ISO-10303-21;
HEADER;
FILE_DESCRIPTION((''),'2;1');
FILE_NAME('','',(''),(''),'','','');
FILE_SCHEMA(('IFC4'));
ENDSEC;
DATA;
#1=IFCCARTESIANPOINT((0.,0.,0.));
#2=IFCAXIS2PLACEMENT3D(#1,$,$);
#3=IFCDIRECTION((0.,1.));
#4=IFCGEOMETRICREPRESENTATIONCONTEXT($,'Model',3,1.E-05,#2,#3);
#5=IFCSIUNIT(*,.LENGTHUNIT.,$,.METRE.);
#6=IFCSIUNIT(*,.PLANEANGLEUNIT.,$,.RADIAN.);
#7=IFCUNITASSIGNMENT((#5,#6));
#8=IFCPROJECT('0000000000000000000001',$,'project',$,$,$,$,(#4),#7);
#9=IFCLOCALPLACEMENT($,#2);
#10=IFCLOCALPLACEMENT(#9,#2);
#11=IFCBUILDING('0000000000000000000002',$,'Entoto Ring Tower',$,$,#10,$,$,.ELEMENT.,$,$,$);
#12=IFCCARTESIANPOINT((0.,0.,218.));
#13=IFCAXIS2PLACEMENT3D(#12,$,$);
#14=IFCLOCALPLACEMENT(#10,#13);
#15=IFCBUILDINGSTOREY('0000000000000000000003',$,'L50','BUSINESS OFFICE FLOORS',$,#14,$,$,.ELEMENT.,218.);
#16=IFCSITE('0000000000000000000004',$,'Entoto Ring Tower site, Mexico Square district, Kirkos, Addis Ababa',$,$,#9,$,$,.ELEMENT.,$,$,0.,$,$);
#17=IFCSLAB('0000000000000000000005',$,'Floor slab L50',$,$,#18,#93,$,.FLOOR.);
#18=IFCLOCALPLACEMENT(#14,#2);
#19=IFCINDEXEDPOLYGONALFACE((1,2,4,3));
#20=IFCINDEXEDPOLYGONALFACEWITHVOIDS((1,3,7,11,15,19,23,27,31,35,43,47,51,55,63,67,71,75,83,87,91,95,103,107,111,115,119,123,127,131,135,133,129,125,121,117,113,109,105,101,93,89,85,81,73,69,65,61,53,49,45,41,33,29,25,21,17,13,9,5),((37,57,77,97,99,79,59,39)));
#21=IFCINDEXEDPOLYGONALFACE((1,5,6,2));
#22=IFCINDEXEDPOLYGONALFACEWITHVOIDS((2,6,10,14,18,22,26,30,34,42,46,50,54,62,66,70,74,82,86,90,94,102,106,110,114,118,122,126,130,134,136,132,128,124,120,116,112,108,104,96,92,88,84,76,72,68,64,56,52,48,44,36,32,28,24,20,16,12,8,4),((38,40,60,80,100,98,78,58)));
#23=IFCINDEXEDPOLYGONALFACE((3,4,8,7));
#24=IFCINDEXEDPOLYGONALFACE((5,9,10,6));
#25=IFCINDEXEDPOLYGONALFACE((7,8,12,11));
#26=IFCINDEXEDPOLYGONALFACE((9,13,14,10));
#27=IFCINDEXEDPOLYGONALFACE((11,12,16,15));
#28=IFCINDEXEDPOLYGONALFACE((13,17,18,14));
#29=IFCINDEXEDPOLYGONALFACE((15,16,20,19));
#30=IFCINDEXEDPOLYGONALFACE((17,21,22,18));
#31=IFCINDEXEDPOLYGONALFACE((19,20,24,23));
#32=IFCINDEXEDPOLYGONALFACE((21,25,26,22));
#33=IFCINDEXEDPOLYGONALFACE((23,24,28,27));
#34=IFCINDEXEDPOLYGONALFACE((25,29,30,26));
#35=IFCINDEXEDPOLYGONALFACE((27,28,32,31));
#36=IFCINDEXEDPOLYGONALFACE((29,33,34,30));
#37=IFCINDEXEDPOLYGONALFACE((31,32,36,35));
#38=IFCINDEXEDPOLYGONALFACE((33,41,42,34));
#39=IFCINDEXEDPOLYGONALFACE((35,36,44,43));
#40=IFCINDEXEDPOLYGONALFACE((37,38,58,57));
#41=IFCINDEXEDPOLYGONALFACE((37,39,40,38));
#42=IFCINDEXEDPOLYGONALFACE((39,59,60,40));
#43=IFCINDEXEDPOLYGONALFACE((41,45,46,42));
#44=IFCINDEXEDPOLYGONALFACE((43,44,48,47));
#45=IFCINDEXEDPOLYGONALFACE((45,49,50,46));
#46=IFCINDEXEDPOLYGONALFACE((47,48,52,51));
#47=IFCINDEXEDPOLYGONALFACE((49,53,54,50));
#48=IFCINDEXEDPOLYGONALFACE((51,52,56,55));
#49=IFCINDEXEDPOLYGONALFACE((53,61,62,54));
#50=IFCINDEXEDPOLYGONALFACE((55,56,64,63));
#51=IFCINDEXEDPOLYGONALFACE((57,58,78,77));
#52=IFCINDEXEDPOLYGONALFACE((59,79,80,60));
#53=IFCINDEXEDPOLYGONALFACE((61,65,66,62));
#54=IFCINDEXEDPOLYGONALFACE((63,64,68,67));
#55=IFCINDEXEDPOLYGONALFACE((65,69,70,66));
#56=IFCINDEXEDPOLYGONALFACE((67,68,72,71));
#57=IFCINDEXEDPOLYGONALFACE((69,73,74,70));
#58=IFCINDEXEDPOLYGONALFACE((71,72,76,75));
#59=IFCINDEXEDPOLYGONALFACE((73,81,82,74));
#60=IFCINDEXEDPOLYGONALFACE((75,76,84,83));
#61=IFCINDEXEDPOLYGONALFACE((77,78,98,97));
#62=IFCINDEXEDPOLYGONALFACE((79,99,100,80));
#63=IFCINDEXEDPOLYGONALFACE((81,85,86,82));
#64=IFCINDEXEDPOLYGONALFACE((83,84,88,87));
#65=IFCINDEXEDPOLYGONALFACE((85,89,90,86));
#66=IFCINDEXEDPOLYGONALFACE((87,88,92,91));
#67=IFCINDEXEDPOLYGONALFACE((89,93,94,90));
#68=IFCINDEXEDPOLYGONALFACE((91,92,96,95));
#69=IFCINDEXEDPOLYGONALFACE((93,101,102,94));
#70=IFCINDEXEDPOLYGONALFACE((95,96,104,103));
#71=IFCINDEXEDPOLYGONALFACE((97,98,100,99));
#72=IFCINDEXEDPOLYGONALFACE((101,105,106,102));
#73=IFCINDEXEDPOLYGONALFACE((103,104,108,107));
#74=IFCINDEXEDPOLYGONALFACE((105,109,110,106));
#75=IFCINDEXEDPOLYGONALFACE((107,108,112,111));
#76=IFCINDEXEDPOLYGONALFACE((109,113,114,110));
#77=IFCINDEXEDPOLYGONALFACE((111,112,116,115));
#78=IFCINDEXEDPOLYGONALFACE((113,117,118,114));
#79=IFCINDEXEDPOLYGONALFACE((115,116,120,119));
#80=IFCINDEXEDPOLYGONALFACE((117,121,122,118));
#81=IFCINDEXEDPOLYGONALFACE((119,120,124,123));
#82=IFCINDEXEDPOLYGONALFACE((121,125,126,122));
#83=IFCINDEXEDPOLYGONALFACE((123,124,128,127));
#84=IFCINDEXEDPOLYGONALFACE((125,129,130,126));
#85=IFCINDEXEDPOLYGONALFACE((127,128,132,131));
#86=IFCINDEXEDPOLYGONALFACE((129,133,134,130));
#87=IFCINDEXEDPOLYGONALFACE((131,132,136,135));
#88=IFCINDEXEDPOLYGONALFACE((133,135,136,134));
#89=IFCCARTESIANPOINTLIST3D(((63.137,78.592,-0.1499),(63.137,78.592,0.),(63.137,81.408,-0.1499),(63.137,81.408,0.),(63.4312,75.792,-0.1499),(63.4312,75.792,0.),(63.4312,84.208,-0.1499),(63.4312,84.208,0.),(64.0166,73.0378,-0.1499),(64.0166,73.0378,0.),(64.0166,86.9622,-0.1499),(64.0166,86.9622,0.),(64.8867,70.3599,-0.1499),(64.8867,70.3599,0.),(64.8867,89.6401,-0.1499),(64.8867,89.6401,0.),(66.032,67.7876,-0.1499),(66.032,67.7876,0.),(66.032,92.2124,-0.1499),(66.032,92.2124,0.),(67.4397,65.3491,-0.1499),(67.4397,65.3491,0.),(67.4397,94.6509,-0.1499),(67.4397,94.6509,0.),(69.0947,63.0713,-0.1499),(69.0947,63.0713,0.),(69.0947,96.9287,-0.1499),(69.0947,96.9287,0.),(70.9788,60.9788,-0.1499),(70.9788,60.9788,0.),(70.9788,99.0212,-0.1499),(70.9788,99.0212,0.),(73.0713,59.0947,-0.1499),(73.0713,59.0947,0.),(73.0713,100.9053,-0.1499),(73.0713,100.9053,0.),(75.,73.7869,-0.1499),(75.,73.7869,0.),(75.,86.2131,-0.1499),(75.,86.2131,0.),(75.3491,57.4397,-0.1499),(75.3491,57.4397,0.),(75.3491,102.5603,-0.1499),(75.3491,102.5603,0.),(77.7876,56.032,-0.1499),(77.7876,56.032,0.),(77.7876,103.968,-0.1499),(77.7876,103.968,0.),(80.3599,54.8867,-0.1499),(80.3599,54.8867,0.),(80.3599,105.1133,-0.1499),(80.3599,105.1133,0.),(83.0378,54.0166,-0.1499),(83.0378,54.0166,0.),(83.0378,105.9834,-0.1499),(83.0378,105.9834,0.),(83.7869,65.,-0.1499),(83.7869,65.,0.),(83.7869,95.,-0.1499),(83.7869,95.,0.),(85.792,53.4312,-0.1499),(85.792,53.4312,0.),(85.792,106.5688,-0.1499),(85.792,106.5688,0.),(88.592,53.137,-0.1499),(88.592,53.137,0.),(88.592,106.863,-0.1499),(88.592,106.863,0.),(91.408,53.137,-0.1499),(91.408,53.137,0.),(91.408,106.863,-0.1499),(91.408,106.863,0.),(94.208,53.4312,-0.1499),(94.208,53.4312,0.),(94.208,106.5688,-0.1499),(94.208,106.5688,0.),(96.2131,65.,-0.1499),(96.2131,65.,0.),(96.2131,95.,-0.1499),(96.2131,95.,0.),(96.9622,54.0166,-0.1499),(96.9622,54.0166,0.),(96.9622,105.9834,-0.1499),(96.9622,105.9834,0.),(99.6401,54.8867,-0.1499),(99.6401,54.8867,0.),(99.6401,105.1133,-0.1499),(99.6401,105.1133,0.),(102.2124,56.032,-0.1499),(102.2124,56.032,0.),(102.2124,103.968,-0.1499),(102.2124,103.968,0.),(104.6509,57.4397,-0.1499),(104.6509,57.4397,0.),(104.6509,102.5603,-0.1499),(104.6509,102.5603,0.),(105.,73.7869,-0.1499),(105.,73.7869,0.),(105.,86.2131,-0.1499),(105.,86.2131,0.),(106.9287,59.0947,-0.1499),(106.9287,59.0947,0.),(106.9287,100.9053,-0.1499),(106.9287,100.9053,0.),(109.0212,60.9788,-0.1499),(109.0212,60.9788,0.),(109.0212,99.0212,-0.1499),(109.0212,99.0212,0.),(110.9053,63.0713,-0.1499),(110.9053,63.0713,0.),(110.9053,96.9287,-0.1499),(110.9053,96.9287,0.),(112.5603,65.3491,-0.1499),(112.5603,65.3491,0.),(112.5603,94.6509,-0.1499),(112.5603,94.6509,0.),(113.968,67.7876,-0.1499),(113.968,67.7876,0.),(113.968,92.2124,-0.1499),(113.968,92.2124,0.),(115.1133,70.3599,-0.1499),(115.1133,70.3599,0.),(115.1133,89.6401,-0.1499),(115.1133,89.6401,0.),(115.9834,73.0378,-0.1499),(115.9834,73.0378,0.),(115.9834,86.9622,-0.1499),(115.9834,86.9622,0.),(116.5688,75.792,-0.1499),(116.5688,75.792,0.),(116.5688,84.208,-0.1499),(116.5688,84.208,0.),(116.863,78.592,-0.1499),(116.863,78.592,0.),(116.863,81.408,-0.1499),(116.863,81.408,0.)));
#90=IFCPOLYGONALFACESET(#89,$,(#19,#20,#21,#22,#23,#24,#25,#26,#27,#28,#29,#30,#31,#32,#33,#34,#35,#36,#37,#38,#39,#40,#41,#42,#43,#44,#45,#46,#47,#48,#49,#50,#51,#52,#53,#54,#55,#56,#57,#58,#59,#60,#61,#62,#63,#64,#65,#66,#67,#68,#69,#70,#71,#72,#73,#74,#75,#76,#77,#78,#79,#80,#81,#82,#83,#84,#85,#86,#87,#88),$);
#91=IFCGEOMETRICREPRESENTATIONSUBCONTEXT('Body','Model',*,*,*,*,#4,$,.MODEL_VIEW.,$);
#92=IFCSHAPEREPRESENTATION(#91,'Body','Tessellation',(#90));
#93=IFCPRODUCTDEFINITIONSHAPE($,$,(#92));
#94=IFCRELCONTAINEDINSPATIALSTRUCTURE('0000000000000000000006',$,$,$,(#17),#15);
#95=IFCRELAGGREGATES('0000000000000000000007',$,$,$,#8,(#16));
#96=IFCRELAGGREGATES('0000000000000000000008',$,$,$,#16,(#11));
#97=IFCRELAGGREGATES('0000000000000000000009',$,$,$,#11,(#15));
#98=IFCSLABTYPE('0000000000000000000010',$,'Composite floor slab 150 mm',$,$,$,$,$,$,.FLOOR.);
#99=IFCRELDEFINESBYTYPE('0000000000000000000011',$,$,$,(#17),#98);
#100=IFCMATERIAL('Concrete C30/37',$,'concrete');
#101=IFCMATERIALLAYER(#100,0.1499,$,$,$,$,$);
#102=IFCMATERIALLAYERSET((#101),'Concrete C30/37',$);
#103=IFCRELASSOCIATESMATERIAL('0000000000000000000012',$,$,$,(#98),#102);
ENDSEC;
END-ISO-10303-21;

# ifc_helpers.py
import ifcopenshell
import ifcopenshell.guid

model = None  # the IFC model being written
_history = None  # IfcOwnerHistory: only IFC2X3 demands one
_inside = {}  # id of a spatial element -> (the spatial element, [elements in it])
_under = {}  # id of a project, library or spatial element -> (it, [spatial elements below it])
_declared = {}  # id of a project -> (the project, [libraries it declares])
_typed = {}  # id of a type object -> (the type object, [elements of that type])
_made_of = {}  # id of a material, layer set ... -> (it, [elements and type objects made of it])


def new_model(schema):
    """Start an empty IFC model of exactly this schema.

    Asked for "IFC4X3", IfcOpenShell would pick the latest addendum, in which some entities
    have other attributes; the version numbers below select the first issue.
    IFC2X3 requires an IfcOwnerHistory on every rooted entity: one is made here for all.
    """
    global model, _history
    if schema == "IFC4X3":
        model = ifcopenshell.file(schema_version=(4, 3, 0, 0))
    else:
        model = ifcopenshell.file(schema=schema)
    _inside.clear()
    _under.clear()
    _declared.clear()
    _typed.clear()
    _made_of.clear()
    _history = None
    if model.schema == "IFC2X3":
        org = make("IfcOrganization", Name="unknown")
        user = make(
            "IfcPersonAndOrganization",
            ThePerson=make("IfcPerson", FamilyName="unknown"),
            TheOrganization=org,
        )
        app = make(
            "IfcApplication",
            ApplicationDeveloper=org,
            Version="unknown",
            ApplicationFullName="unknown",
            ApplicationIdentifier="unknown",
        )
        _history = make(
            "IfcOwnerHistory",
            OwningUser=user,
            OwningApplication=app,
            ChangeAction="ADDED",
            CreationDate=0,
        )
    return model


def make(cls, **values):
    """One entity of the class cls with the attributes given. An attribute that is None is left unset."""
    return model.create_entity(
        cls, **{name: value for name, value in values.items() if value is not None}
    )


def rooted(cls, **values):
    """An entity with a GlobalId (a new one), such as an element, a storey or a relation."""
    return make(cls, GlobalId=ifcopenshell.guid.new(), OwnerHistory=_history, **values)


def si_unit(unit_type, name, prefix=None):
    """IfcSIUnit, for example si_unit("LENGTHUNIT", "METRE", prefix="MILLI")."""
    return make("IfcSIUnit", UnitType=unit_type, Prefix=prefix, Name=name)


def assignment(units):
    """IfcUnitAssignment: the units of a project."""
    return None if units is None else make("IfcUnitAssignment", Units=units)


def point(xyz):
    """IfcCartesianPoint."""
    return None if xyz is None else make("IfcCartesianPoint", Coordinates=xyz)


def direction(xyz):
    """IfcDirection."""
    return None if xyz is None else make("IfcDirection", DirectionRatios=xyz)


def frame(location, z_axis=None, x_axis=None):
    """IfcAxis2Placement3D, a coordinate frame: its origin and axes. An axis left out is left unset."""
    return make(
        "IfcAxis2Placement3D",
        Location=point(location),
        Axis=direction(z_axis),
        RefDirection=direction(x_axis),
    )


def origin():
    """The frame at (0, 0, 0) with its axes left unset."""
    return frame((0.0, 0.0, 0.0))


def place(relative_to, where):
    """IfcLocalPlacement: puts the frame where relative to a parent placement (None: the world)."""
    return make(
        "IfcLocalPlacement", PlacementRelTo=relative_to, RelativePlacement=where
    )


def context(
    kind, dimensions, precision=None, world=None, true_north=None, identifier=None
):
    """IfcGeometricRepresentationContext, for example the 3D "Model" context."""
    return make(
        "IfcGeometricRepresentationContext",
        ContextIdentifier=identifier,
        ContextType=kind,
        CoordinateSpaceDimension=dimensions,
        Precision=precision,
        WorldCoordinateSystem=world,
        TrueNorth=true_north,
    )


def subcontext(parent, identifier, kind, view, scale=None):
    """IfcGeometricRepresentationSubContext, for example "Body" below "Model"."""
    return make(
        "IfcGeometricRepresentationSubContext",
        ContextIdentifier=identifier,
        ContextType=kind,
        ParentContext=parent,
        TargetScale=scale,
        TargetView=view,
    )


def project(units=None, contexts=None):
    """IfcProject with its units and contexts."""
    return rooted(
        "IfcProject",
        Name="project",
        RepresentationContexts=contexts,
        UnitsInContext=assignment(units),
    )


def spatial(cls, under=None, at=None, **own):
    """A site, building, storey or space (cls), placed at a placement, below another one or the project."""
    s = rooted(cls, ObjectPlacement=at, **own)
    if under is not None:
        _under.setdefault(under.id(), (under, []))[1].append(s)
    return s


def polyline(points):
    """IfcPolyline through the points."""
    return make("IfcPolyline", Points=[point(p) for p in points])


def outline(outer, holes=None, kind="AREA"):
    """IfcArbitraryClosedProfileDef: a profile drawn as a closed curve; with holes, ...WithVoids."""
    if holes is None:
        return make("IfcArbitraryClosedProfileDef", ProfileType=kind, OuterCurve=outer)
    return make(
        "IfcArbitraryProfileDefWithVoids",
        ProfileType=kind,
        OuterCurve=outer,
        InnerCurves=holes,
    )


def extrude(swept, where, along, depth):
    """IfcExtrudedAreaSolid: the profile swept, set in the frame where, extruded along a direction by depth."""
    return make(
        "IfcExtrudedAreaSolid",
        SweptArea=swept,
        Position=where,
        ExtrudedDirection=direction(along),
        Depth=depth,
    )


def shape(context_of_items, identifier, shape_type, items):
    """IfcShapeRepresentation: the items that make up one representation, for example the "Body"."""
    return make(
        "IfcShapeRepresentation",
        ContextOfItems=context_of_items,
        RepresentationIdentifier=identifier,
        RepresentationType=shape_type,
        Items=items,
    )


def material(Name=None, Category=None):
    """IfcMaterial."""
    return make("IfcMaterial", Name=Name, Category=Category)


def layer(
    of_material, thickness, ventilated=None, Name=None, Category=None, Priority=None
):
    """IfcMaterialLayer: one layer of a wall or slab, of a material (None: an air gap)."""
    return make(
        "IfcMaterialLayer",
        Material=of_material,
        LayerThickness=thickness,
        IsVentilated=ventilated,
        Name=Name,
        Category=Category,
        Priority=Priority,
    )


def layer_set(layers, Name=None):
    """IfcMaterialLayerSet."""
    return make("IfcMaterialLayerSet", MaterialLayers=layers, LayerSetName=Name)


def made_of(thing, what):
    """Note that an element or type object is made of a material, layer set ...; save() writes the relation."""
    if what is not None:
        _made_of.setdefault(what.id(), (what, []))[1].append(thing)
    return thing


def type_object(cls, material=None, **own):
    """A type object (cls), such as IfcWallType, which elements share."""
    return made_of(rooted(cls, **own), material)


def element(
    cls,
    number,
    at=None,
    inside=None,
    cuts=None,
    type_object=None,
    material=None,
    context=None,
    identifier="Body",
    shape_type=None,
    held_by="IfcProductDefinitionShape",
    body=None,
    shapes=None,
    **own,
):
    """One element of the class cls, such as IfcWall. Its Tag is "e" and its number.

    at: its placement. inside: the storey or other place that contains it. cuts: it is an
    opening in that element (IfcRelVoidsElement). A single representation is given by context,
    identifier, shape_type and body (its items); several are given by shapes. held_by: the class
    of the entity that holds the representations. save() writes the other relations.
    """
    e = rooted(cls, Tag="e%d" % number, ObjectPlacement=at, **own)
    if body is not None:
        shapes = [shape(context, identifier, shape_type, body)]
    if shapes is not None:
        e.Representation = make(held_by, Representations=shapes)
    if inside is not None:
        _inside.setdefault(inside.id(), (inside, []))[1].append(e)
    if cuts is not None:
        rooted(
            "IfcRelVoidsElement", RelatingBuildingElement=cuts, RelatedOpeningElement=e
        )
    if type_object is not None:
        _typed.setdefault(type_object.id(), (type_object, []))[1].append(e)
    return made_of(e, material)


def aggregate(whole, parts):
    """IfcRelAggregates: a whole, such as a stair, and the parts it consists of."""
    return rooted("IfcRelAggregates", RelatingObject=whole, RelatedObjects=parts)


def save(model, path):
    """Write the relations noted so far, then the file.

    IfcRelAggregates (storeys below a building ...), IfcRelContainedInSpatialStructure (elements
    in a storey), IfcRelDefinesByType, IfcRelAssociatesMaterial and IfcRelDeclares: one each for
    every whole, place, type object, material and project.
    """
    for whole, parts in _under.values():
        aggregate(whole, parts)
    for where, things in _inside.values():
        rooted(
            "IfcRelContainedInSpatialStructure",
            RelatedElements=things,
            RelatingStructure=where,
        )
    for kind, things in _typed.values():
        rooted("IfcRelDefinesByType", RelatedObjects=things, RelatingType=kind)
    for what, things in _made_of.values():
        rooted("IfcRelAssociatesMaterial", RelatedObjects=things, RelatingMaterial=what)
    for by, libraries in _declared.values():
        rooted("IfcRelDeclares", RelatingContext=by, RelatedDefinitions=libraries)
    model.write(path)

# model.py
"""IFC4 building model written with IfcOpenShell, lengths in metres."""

from ifc_helpers import new_model, si_unit, direction, frame, origin, place, context, subcontext, project, spatial, polyline, outline, extrude, material, layer, layer_set, type_object, element, save


model = new_model("IFC4")

# Units and contexts
model_context = context("Model", 3, precision=1e-05, world=origin(), true_north=direction((0.0, 1.0)))
body_context = subcontext(model_context, "Body", "Model", "MODEL_VIEW")
ifc_project = project(units=[si_unit("LENGTHUNIT", "METRE"), si_unit("PLANEANGLEUNIT", "RADIAN")], contexts=[model_context])

# Site, building, storey
site_placement = place(None, origin())
building_placement = place(site_placement, origin())
storey_placement = place(building_placement, frame((0.0, 0.0, 218.0)))
site = spatial("IfcSite", under=ifc_project, at=site_placement, Name="Entoto Ring Tower site, Mexico Square district, Kirkos, Addis Ababa", CompositionType="ELEMENT", RefElevation=0.0)
building = spatial("IfcBuilding", under=site, at=building_placement, Name="Entoto Ring Tower", CompositionType="ELEMENT")
storey = spatial("IfcBuildingStorey", under=building, at=storey_placement, Name="L50", Description="BUSINESS OFFICE FLOORS", CompositionType="ELEMENT", Elevation=218.0)

# Slab
ifc_material_1 = material(Name="Concrete C30/37", Category="concrete")
ifc_layer_1 = layer(ifc_material_1, 0.1499)
ifc_layer_set_1 = layer_set([ifc_layer_1], Name="Concrete C30/37")
slab_type = type_object("IfcSlabType", Name="Composite floor slab 150 mm", PredefinedType="FLOOR", material=ifc_layer_set_1)
slab_placement = place(storey_placement, frame((0.0, 0.0, -0.1499)))
element("IfcSlab", 1, at=slab_placement, inside=storey, type_object=slab_type, Name="Floor slab L50", PredefinedType="FLOOR", context=body_context, shape_type="SweptSolid", body=[
    extrude(outline(polyline([(116.5688, 84.208), (115.9834, 86.9622), (115.1133, 89.6401), (113.968, 92.2124), (112.5603, 94.6509), (110.9053, 96.9287), (109.0212, 99.0212), (106.9287, 100.9053), (104.6509, 102.5603), (102.2124, 103.968), (99.6401, 105.1133), (96.9622, 105.9834), (94.208, 106.5688), (91.408, 106.863), (88.592, 106.863), (85.792, 106.5688), (83.0378, 105.9834), (80.3599, 105.1133), (77.7876, 103.968), (75.3491, 102.5603), (73.0713, 100.9053), (70.9788, 99.0212), (69.0947, 96.9287), (67.4397, 94.6509), (66.032, 92.2124), (64.8867, 89.6401), (64.0166, 86.9622), (63.4312, 84.208), (63.137, 81.408), (63.137, 78.592), (63.4312, 75.792), (64.0166, 73.0378), (64.8867, 70.3599), (66.032, 67.7876), (67.4397, 65.3491), (69.0947, 63.0713), (70.9788, 60.9788), (73.0713, 59.0947), (75.3491, 57.4397), (77.7876, 56.032), (80.3599, 54.8867), (83.0378, 54.0166), (85.792, 53.4312), (88.592, 53.137), (91.408, 53.137), (94.208, 53.4312), (96.9622, 54.0166), (99.6401, 54.8867), (102.2124, 56.032), (104.6509, 57.4397), (106.9287, 59.0947), (109.0212, 60.9788), (110.9053, 63.0713), (112.5603, 65.3491), (113.968, 67.7876), (115.1133, 70.3599), (115.9834, 73.0378), (116.5688, 75.792), (116.863, 78.592), (116.863, 81.408), (116.5688, 84.208)]), holes=[polyline([(105.0, 73.7869), (105.0, 86.2131), (96.2131, 95.0), (83.7869, 95.0), (75.0, 86.2131), (75.0, 73.7869), (83.7869, 65.0), (96.2131, 65.0), (105.0, 73.7869)])]), origin(), (0.0, 0.0, 1.0), 0.1499),
])

save(model, "model.ifc")
